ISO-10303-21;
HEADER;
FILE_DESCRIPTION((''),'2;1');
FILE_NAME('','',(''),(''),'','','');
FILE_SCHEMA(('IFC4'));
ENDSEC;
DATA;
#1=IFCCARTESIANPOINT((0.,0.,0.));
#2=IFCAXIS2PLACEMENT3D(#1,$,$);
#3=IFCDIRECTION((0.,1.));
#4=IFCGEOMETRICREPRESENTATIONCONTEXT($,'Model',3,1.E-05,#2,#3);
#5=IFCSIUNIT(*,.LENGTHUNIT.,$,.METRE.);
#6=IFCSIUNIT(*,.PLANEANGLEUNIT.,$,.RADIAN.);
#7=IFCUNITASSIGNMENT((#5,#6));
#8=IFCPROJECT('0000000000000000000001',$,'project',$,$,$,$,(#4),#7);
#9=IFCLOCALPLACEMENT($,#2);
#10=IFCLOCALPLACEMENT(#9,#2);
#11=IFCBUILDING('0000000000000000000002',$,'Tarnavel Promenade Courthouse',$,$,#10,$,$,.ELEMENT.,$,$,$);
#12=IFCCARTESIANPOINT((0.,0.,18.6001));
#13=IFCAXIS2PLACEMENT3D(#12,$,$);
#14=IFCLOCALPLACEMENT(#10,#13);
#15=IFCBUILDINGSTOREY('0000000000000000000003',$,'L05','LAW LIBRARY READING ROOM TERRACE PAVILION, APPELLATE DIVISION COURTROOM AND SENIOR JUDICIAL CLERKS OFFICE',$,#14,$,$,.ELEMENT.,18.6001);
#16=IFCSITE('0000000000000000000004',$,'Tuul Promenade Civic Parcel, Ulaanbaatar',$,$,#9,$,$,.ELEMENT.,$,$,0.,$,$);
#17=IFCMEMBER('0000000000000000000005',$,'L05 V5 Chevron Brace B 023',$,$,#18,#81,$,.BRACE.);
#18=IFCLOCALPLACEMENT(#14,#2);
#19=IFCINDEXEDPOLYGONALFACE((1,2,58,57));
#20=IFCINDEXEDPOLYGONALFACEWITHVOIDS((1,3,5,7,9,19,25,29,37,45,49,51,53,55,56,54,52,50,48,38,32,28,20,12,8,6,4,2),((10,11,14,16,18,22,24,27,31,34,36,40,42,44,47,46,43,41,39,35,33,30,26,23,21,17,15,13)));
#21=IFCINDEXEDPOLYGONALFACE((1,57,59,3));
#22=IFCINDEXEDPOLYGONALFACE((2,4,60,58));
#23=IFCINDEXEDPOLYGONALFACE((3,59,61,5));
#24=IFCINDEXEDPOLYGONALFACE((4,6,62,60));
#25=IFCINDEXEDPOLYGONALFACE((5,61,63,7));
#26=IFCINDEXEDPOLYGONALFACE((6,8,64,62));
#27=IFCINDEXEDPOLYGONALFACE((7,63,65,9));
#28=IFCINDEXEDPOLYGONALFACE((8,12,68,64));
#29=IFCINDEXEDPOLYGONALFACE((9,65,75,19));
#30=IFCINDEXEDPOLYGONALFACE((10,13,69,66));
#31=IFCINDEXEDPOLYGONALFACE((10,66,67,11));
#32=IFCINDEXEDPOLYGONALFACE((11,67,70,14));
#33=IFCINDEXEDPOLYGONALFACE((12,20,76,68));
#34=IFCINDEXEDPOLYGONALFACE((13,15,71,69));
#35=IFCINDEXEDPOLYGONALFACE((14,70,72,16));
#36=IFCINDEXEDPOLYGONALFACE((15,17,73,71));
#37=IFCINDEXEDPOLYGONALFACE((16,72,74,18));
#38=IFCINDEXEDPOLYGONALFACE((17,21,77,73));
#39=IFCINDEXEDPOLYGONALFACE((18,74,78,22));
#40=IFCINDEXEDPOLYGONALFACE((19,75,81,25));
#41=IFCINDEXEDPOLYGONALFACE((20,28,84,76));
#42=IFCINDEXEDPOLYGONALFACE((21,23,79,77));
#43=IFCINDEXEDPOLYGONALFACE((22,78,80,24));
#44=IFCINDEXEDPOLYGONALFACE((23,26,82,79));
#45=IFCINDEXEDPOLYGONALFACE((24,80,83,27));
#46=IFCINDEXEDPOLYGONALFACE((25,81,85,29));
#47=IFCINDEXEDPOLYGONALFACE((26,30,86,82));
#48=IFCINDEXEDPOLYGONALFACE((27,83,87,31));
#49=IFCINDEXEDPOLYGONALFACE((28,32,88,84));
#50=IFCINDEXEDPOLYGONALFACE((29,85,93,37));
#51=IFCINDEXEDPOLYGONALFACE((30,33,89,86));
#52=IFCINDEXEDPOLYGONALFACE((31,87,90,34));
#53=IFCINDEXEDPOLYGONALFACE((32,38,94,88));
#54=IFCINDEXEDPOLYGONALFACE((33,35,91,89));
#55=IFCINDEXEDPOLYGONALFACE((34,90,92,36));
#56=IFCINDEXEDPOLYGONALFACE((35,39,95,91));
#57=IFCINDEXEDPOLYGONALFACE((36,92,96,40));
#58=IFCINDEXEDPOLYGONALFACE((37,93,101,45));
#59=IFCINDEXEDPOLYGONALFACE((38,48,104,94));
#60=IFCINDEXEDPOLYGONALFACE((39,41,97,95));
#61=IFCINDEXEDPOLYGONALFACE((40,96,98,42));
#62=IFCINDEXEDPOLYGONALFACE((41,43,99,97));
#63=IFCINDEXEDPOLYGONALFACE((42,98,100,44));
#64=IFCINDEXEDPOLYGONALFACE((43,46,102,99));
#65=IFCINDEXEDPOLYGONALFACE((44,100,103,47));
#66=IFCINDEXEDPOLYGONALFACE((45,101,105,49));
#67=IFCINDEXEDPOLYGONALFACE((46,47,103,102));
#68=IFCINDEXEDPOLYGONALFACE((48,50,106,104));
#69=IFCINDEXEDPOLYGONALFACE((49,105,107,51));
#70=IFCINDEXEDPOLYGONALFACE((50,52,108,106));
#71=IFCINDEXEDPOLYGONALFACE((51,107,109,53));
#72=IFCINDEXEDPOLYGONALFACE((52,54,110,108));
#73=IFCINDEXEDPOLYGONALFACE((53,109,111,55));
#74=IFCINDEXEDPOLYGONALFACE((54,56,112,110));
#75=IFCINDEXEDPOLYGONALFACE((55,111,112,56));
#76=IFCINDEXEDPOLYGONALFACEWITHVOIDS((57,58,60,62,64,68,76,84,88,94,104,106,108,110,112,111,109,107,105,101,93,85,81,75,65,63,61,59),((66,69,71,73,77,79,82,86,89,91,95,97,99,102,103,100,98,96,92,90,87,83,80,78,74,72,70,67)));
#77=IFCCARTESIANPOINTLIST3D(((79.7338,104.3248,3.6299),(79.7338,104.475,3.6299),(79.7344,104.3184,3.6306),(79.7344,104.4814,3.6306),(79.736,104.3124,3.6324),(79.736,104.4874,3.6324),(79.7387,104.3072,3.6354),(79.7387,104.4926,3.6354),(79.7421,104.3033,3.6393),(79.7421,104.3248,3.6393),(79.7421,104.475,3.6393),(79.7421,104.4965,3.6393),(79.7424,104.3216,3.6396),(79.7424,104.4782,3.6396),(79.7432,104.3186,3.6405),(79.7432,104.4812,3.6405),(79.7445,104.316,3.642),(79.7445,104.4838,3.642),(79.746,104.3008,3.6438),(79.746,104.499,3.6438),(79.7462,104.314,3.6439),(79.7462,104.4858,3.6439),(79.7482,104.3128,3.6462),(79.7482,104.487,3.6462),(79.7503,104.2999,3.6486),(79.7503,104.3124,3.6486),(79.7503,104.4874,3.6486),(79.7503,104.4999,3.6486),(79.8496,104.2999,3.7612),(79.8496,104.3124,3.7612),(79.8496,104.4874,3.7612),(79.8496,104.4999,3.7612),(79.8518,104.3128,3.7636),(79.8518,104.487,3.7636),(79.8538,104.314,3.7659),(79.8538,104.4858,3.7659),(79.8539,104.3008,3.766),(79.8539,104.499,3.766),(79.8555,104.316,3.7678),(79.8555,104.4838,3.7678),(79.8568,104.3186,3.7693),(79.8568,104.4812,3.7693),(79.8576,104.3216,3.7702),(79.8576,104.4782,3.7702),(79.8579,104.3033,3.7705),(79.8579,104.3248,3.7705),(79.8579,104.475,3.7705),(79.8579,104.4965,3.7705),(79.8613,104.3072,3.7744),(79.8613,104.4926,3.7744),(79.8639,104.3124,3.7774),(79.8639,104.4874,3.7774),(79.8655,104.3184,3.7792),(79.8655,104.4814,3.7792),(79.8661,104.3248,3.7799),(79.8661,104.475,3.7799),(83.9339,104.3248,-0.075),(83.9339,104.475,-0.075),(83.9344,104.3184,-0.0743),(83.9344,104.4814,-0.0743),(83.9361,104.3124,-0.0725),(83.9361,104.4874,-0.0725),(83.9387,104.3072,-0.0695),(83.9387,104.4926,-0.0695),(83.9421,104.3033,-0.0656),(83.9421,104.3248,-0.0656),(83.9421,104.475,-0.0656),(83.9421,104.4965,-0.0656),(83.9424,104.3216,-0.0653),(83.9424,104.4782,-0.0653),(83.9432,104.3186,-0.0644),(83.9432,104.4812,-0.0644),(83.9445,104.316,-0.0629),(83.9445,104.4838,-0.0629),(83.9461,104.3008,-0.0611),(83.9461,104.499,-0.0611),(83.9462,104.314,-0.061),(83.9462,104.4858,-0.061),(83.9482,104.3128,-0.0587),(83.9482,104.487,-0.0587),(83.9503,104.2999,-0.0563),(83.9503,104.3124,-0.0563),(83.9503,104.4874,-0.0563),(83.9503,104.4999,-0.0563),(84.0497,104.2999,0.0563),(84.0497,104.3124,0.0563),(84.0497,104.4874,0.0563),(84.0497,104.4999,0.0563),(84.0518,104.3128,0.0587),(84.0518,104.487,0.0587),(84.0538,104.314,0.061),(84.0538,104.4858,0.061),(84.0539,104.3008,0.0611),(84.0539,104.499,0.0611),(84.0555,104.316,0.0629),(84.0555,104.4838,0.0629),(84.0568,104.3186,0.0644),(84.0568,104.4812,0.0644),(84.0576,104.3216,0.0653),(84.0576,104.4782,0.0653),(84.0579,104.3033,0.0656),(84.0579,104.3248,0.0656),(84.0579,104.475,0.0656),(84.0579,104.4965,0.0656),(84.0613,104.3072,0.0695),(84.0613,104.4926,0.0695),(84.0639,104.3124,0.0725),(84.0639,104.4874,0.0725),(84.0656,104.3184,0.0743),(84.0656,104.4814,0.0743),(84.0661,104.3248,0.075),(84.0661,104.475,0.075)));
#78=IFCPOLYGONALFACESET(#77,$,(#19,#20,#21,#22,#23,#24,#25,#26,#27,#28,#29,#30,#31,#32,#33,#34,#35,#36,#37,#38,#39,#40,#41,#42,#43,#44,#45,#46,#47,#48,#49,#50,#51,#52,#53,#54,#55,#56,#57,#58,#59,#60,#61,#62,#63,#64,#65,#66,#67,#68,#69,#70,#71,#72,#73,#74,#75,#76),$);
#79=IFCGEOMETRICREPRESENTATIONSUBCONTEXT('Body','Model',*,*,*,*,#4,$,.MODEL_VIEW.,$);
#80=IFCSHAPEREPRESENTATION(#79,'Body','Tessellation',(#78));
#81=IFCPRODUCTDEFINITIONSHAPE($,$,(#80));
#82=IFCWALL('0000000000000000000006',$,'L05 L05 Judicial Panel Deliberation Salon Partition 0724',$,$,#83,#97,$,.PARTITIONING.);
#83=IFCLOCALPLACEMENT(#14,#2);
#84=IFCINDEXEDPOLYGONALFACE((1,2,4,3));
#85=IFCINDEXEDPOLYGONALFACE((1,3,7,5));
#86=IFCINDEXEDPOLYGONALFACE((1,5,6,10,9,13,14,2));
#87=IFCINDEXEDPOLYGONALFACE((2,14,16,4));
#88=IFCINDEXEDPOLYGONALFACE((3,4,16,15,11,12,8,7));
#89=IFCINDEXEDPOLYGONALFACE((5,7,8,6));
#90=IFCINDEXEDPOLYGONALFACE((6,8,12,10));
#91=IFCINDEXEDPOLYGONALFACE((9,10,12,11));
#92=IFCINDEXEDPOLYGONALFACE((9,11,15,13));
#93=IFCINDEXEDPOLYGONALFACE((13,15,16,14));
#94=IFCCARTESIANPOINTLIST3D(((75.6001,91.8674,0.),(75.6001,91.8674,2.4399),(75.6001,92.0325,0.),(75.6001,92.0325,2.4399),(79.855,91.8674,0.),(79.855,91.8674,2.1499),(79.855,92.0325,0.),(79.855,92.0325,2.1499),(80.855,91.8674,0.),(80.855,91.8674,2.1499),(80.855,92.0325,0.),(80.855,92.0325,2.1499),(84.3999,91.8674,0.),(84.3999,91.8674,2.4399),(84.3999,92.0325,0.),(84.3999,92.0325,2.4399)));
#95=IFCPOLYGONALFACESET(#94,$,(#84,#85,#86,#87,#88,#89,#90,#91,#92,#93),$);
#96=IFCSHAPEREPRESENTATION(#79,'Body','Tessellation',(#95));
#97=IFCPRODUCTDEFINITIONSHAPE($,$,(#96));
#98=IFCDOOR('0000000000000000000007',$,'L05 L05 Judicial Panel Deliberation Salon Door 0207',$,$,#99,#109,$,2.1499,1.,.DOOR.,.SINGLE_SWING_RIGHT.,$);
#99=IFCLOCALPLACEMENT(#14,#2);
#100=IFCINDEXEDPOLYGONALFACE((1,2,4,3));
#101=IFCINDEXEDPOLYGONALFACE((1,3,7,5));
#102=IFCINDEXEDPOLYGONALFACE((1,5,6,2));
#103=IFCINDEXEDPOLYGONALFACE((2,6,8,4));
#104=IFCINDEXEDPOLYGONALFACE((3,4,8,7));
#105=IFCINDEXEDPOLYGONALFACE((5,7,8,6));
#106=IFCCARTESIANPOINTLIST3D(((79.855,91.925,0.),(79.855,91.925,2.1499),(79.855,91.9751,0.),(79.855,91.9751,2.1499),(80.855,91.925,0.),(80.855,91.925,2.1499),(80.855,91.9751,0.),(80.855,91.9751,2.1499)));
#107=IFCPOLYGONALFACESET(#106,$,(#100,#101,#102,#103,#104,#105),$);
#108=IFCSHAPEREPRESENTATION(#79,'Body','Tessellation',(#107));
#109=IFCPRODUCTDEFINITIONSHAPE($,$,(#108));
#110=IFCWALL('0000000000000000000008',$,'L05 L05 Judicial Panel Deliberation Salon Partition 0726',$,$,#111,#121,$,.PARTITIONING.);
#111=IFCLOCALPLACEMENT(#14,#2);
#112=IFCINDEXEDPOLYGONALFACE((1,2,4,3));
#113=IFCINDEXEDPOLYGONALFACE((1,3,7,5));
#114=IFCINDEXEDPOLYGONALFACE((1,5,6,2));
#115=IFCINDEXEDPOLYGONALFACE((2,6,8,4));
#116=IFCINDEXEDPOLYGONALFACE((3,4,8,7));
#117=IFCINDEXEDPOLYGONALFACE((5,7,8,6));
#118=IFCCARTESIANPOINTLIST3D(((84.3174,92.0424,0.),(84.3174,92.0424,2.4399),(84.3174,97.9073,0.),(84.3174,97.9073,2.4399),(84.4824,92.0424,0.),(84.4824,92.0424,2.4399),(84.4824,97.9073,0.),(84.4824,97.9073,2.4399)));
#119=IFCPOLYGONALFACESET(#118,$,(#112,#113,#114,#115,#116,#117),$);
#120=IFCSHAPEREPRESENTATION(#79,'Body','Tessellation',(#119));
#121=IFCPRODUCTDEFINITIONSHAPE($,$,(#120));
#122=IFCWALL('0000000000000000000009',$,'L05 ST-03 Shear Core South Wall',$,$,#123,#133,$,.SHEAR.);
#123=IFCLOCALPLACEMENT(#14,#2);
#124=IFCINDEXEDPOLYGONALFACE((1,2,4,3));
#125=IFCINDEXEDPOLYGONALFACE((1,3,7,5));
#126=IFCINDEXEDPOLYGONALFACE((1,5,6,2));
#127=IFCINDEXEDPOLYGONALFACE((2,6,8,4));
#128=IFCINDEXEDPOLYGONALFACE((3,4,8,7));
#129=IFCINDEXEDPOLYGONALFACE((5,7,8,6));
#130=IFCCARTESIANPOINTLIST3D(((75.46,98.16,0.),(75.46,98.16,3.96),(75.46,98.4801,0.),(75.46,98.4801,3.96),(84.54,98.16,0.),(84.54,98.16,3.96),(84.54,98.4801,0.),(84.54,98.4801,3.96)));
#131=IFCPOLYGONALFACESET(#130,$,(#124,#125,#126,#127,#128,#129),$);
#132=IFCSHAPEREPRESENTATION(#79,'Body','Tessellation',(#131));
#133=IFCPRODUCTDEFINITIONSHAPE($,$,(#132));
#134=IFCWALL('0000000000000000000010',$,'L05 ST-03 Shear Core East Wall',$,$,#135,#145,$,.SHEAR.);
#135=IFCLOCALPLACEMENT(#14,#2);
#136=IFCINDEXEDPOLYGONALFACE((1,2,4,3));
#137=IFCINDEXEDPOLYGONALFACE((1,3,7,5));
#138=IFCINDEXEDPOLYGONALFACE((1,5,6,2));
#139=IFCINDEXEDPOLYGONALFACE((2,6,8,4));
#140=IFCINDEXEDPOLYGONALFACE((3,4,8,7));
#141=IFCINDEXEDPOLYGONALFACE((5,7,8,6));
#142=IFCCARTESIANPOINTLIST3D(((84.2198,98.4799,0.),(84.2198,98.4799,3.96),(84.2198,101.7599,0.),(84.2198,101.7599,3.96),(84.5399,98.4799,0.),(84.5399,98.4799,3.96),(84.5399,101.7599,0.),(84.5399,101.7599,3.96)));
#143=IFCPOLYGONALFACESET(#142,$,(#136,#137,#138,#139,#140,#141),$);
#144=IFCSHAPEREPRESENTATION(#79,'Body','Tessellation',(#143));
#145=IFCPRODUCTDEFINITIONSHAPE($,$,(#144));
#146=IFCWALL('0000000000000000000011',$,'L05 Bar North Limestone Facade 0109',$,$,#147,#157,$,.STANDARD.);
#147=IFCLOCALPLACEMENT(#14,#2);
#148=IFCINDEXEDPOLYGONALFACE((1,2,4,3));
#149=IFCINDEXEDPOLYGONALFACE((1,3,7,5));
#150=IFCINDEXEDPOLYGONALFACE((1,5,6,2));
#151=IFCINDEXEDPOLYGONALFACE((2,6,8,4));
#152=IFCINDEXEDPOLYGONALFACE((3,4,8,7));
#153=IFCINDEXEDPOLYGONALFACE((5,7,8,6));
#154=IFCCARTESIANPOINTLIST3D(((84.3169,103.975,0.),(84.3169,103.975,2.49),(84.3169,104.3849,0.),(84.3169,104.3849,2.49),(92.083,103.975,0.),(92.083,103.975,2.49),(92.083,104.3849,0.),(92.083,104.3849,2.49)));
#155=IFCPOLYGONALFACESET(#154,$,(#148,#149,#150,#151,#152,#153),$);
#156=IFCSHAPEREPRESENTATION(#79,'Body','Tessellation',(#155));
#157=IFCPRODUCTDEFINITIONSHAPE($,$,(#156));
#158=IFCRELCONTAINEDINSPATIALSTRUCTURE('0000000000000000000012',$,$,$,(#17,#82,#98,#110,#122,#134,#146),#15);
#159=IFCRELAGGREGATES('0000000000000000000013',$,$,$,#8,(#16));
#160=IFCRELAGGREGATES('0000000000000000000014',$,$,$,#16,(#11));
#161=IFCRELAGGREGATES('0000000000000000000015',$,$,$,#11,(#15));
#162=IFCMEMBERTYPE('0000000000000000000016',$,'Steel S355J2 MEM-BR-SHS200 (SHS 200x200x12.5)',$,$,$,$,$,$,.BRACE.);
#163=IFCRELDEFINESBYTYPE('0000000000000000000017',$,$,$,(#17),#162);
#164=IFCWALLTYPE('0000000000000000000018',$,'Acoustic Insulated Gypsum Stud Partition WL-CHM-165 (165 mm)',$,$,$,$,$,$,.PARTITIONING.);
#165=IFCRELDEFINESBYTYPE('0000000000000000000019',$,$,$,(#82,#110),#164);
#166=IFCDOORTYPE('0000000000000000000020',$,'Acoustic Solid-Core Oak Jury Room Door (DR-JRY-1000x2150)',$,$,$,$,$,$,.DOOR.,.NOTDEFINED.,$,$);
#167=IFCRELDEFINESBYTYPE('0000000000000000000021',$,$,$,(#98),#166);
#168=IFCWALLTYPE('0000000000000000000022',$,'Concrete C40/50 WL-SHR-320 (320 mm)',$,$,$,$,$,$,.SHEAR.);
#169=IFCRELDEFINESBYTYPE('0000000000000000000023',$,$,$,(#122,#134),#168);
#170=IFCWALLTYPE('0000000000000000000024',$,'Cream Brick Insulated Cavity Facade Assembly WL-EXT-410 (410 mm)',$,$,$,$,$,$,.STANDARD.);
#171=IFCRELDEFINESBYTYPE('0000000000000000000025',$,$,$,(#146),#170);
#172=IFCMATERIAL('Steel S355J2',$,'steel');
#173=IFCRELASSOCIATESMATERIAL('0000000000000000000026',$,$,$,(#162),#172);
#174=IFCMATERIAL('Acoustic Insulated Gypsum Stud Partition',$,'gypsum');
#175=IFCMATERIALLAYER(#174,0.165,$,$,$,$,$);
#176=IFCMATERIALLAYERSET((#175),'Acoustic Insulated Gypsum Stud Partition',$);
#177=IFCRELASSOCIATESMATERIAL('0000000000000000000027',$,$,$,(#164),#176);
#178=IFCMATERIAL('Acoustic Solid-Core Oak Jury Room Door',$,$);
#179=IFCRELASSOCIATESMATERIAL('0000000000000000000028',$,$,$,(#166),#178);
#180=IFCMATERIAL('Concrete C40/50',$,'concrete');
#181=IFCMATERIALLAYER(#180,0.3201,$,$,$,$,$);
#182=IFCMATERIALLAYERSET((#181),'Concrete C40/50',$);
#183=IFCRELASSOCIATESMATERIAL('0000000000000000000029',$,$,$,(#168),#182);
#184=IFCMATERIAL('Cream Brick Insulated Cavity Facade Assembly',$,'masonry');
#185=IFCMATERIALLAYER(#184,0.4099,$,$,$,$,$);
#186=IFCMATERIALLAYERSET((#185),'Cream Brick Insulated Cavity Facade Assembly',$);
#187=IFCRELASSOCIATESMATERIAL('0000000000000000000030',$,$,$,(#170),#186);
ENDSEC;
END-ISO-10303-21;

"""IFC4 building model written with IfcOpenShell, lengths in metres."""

from ifc_helpers import new_model, si_unit, direction, frame, frame_2d, origin, origin_2d, place, context, subcontext, project, spatial, rectangle, hollow_rectangle, extrude, material, layer, layer_set, material_profile, profile_set, type_object, element, fill, save


model = new_model("IFC4")

# Units and contexts
model_context = context("Model", 3, precision=1e-05, world=origin(), true_north=direction((0.0, 1.0)))
body_context = subcontext(model_context, "Body", "Model", "MODEL_VIEW")
ifc_project = project(units=[si_unit("LENGTHUNIT", "METRE"), si_unit("PLANEANGLEUNIT", "RADIAN")], contexts=[model_context])

# Site, building, storey
site_placement = place(None, origin())
site = spatial("IfcSite", under=ifc_project, at=site_placement, Name="Tuul Promenade Civic Parcel, Ulaanbaatar", CompositionType="ELEMENT", RefElevation=0.0)
building_placement = place(site_placement, origin())
building = spatial("IfcBuilding", under=site, at=building_placement, Name="Tarnavel Promenade Courthouse", CompositionType="ELEMENT")
storey_placement = place(building_placement, frame((0.0, 0.0, 18.6001)))
storey = spatial("IfcBuildingStorey", under=building, at=storey_placement, Name="L05", Description="LAW LIBRARY READING ROOM TERRACE PAVILION, APPELLATE DIVISION COURTROOM AND SENIOR JUDICIAL CLERKS OFFICE", CompositionType="ELEMENT", Elevation=18.6001)

# Shared definitions
ifc_material_1 = material(Name="Concrete C40/50", Category="concrete")

# Member
ifc_material_2 = material(Name="Steel S355J2", Category="steel")
ifc_material_profile_1 = material_profile(ifc_material_2, hollow_rectangle(XDim=0.2, YDim=0.2, WallThickness=0.0125, InnerFilletRadius=0.0125, OuterFilletRadius=0.0249, at=origin_2d()), Name="SHS 200x200x12.5")
ifc_profile_set_1 = profile_set([ifc_material_profile_1], Name="Steel S355J2")
member_type = type_object("IfcMemberType", Name="Steel S355J2 MEM-BR-SHS200 (SHS 200x200x12.5)", PredefinedType="BRACE", material=ifc_profile_set_1)
member_placement = place(storey_placement, frame((84.0, 104.3999, 0.0), z_axis=(-0.749927, 0.0, 0.661521), x_axis=(0.0, -1.0, 0.0)))
element("IfcMember", 1, at=member_placement, inside=storey, type_object=member_type, Name="L05 V5 Chevron Brace B 023", PredefinedType="BRACE", context=body_context, shape_type="SweptSolid", body=[
    extrude(hollow_rectangle(XDim=0.2, YDim=0.2, WallThickness=0.0125, InnerFilletRadius=0.0125, OuterFilletRadius=0.0249, at=origin_2d()), origin(), (0.0, 0.0, 1.0), 5.6006),
])

# Wall, opening, door
ifc_material_3 = material(Name="Acoustic Insulated Gypsum Stud Partition", Category="gypsum")
ifc_layer_1 = layer(ifc_material_3, 0.165)
ifc_layer_set_1 = layer_set([ifc_layer_1], Name="Acoustic Insulated Gypsum Stud Partition")
wall_type_1 = type_object("IfcWallType", Name="Acoustic Insulated Gypsum Stud Partition WL-CHM-165 (165 mm)", PredefinedType="PARTITIONING", material=ifc_layer_set_1)
wall_1_placement = place(storey_placement, frame((84.3999, 91.95, 0.0), z_axis=(0.0, 0.0, 1.0), x_axis=(-1.0, 0.0, 0.0)))
wall_1 = element("IfcWall", 2, at=wall_1_placement, inside=storey, type_object=wall_type_1, Name="L05 L05 Judicial Panel Deliberation Salon Partition 0724", PredefinedType="PARTITIONING", context=body_context, shape_type="SweptSolid", body=[
    extrude(rectangle(XDim=8.7998, YDim=0.165, at=frame_2d((4.3999, 0.0))), origin(), (0.0, 0.0, 1.0), 2.4399),
])
opening_placement = place(wall_1_placement, frame((3.5449, 0.0, 0.0)))
opening = element("IfcOpeningElement", 3, at=opening_placement, cuts=wall_1, PredefinedType="OPENING", context=body_context, shape_type="SweptSolid", body=[
    extrude(rectangle(XDim=1.0, YDim=2.1499, at=frame_2d((0.5, 1.075))), frame((0.0, 0.0925, 0.0), z_axis=(0.0, -1.0, 0.0), x_axis=(1.0, 0.0, 0.0)), (0.0, 0.0, 1.0), 0.1851),
])
ifc_material_4 = material(Name="Acoustic Solid-Core Oak Jury Room Door")
door_type = type_object("IfcDoorType", Name="Acoustic Solid-Core Oak Jury Room Door (DR-JRY-1000x2150)", OperationType="NOTDEFINED", PredefinedType="DOOR", material=ifc_material_4)
door_placement = place(opening_placement, origin())
door = element("IfcDoor", 4, at=door_placement, inside=storey, type_object=door_type, Name="L05 L05 Judicial Panel Deliberation Salon Door 0207", OperationType="SINGLE_SWING_RIGHT", OverallHeight=2.1499, OverallWidth=1.0, PredefinedType="DOOR", context=body_context, shape_type="SweptSolid", body=[
    extrude(rectangle(XDim=1.0, YDim=2.1499, at=frame_2d((0.5, 1.075))), frame((0.0, 0.0249, 0.0), z_axis=(0.0, -1.0, 0.0), x_axis=(1.0, 0.0, 0.0)), (0.0, 0.0, 1.0), 0.05),
])
fill(opening, door)

# Walls
wall_2_placement = place(storey_placement, frame((84.3999, 97.9075, 0.0), z_axis=(0.0, 0.0, 1.0), x_axis=(0.0, -1.0, 0.0)))
element("IfcWall", 5, at=wall_2_placement, inside=storey, type_object=wall_type_1, Name="L05 L05 Judicial Panel Deliberation Salon Partition 0726", PredefinedType="PARTITIONING", context=body_context, shape_type="SweptSolid", body=[
    extrude(rectangle(XDim=5.865, YDim=0.165, at=frame_2d((2.9326, 0.0))), origin(), (0.0, 0.0, 1.0), 2.4399),
])
ifc_layer_2 = layer(ifc_material_1, 0.3201)
ifc_layer_set_2 = layer_set([ifc_layer_2], Name="Concrete C40/50")
wall_type_2 = type_object("IfcWallType", Name="Concrete C40/50 WL-SHR-320 (320 mm)", PredefinedType="SHEAR", material=ifc_layer_set_2)
wall_3_placement = place(storey_placement, frame((84.54, 98.3201, 0.0), z_axis=(0.0, 0.0, 1.0), x_axis=(-1.0, 0.0, 0.0)))
element("IfcWall", 6, at=wall_3_placement, inside=storey, type_object=wall_type_2, Name="L05 ST-03 Shear Core South Wall", PredefinedType="SHEAR", context=body_context, shape_type="SweptSolid", body=[
    extrude(rectangle(XDim=9.0801, YDim=0.3201, at=frame_2d((4.54, 0.0))), origin(), (0.0, 0.0, 1.0), 3.96),
])
wall_4_placement = place(storey_placement, frame((84.3799, 101.76, 0.0), z_axis=(0.0, 0.0, 1.0), x_axis=(0.0, -1.0, 0.0)))
element("IfcWall", 7, at=wall_4_placement, inside=storey, type_object=wall_type_2, Name="L05 ST-03 Shear Core East Wall", PredefinedType="SHEAR", context=body_context, shape_type="SweptSolid", body=[
    extrude(rectangle(XDim=3.28, YDim=0.3201, at=frame_2d((1.6401, 0.0))), origin(), (0.0, 0.0, 1.0), 3.96),
])
ifc_material_5 = material(Name="Cream Brick Insulated Cavity Facade Assembly", Category="masonry")
ifc_layer_3 = layer(ifc_material_5, 0.4099)
ifc_layer_set_3 = layer_set([ifc_layer_3], Name="Cream Brick Insulated Cavity Facade Assembly")
wall_type_3 = type_object("IfcWallType", Name="Cream Brick Insulated Cavity Facade Assembly WL-EXT-410 (410 mm)", PredefinedType="STANDARD", material=ifc_layer_set_3)
wall_5_placement = place(storey_placement, frame((84.3169, 104.1799, 0.0), z_axis=(0.0, 0.0, 1.0), x_axis=(1.0, 0.0, 0.0)))
element("IfcWall", 8, at=wall_5_placement, inside=storey, type_object=wall_type_3, Name="L05 Bar North Limestone Facade 0109", PredefinedType="STANDARD", context=body_context, shape_type="SweptSolid", body=[
    extrude(rectangle(XDim=7.7661, YDim=0.4099, at=frame_2d((3.8831, 0.0))), origin(), (0.0, 0.0, 1.0), 2.49),
])

save(model, "model.ifc")
